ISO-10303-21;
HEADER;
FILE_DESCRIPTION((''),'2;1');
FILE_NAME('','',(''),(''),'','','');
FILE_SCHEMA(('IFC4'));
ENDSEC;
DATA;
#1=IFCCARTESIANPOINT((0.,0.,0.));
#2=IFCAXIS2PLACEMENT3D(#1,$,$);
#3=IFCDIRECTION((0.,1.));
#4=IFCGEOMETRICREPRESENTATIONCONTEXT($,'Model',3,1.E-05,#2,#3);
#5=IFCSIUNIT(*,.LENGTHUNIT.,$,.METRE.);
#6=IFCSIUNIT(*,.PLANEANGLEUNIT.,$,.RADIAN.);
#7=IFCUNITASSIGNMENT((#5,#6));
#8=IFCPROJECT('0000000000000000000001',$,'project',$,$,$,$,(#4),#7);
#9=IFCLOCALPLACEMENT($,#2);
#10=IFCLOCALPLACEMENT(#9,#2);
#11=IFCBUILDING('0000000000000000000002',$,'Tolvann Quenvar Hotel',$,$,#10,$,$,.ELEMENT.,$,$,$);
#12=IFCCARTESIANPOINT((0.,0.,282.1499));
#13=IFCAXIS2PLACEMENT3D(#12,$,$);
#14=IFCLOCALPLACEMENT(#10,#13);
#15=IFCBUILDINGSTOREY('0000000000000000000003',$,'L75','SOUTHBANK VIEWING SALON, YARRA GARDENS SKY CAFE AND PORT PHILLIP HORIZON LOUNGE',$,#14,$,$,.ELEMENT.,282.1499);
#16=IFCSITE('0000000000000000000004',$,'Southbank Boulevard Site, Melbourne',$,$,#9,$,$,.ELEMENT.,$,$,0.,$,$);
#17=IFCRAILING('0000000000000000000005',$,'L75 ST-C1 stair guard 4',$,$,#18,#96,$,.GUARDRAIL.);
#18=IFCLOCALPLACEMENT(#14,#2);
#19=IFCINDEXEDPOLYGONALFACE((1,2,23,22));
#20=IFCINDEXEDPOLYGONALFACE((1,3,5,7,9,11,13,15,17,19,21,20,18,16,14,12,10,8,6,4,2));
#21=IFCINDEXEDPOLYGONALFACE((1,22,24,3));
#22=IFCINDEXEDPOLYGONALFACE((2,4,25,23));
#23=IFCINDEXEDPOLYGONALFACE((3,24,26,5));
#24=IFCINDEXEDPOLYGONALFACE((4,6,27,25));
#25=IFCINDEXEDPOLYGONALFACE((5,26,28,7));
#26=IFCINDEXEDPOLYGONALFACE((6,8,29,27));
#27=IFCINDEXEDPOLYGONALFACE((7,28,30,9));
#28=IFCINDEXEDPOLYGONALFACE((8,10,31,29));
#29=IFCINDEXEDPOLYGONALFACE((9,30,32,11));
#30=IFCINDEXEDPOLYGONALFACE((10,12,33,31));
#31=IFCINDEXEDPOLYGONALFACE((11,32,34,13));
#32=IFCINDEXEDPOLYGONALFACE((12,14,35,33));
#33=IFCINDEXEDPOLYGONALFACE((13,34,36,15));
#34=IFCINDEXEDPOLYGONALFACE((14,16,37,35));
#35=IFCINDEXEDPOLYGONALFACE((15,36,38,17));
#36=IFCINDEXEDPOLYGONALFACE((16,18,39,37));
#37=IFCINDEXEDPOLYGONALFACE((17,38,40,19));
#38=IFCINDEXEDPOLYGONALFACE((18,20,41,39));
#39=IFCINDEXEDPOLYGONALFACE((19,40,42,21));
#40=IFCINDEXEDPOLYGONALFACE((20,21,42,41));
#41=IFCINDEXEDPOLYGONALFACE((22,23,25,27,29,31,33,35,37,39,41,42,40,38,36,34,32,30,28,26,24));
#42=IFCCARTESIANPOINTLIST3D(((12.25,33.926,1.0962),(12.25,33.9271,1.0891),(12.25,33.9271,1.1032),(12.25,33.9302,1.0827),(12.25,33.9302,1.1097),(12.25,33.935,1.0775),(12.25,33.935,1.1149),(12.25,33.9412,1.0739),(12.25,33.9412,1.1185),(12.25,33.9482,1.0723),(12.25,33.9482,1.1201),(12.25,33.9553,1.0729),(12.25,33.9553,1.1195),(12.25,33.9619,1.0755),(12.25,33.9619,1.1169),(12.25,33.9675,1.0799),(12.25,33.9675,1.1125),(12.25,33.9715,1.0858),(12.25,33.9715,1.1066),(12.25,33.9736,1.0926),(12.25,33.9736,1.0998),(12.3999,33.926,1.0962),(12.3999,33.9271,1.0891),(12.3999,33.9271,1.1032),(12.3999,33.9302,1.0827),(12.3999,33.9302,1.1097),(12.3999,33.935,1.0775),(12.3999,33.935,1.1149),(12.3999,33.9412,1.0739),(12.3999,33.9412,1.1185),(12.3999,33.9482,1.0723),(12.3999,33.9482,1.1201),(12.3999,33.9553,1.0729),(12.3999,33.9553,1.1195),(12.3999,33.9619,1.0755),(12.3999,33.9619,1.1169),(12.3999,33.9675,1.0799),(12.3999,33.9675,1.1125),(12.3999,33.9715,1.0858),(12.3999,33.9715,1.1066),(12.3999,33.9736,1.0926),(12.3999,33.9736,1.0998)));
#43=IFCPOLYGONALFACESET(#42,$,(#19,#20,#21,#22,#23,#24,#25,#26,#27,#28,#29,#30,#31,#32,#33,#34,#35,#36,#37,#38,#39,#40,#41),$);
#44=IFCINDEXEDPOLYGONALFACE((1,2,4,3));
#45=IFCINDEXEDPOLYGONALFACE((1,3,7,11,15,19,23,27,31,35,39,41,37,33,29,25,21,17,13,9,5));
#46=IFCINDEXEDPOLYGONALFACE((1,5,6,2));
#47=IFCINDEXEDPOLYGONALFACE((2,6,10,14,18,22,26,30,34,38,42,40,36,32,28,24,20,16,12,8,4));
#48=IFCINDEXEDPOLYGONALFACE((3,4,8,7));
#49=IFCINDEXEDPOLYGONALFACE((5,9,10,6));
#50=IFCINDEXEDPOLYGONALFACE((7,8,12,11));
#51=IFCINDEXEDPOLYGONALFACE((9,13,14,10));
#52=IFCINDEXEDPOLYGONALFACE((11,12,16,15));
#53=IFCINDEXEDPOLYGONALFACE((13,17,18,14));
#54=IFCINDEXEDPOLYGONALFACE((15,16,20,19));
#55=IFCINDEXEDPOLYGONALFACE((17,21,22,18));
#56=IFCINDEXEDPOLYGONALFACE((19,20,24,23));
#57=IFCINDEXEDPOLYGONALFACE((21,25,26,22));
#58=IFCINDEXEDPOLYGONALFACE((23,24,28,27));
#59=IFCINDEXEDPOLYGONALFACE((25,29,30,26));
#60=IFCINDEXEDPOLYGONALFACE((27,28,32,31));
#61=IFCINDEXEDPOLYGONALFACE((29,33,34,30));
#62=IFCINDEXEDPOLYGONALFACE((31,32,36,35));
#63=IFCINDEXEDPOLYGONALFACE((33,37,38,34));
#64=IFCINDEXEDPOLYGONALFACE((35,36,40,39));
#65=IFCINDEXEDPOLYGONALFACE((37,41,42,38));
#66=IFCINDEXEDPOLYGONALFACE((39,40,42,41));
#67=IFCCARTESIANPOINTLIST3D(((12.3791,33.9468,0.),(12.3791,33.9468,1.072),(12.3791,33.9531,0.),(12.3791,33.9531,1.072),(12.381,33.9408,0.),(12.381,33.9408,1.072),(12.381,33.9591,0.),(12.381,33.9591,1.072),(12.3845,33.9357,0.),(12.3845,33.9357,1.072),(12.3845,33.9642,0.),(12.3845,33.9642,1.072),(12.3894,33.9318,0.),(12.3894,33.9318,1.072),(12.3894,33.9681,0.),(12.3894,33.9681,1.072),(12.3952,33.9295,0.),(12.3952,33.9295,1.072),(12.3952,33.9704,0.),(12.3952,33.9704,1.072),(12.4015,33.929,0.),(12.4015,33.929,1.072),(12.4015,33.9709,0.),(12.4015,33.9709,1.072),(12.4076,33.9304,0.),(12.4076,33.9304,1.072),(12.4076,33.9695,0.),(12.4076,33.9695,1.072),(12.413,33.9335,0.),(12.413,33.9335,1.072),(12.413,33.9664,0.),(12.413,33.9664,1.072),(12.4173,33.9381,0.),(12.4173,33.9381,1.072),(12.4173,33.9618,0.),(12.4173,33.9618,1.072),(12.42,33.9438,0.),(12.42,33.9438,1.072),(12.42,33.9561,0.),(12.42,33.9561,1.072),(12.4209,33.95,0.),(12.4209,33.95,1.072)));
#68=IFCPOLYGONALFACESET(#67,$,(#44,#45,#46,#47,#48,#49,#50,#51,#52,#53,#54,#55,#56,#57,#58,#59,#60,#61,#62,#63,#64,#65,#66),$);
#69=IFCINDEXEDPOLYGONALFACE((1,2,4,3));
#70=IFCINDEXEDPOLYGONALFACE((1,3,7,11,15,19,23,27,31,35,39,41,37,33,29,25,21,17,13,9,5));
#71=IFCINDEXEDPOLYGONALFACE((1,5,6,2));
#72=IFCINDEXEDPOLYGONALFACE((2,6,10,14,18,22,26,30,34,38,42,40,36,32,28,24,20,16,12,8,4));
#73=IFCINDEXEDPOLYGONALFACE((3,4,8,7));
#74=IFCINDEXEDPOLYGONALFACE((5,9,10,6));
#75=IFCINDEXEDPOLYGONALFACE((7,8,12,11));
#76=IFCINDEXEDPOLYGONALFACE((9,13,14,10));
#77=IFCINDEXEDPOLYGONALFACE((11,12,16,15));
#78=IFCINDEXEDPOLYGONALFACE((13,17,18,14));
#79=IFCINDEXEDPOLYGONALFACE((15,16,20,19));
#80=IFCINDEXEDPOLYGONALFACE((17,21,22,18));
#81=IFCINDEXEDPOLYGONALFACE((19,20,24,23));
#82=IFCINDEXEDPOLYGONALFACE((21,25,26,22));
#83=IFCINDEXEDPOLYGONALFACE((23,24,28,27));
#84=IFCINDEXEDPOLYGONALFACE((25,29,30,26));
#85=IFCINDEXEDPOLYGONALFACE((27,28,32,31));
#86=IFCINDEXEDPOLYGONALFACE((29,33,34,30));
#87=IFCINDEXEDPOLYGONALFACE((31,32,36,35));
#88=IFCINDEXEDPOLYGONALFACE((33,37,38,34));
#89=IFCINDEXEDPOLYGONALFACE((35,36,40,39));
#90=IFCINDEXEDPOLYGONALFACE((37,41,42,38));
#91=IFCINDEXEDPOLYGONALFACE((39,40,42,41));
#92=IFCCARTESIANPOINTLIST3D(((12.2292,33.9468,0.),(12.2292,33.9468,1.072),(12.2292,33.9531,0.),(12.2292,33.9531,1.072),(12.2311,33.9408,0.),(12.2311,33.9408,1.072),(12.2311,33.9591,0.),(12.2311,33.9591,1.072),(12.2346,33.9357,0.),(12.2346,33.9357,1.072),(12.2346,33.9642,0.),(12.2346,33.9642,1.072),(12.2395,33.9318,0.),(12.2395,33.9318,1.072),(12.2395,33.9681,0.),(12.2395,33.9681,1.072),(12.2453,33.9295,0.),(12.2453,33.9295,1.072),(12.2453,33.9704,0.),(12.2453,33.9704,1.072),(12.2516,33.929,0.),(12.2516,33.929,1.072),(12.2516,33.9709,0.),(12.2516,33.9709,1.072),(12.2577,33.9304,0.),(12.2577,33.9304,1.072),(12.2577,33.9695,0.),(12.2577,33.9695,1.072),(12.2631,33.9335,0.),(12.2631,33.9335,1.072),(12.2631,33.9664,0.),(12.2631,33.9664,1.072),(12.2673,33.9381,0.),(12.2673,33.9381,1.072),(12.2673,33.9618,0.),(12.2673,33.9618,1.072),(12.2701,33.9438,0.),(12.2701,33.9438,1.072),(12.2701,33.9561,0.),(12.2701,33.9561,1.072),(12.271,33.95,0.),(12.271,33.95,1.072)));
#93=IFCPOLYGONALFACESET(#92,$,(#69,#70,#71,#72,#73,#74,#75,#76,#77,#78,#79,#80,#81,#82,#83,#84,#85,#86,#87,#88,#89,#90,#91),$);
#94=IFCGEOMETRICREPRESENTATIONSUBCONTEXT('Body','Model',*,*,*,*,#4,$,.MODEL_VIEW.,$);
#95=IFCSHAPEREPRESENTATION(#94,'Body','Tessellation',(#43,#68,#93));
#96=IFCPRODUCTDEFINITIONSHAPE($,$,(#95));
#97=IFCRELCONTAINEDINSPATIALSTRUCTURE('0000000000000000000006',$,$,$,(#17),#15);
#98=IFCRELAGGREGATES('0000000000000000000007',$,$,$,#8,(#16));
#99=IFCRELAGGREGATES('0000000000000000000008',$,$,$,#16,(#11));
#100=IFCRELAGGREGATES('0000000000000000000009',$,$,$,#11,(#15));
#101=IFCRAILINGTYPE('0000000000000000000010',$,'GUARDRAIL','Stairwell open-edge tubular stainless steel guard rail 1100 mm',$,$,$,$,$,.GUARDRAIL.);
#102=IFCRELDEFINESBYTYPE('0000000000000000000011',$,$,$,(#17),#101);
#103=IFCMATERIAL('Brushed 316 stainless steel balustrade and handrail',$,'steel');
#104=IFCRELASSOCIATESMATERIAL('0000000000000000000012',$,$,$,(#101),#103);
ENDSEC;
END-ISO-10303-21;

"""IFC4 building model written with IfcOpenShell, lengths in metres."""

from ifc_helpers import new_model, si_unit, direction, frame, origin, origin_2d, place, context, subcontext, project, spatial, circle, extrude, material, type_object, element, save


model = new_model("IFC4")

# Units and contexts
model_context = context("Model", 3, precision=1e-05, world=origin(), true_north=direction((0.0, 1.0)))
body_context = subcontext(model_context, "Body", "Model", "MODEL_VIEW")
ifc_project = project(units=[si_unit("LENGTHUNIT", "METRE"), si_unit("PLANEANGLEUNIT", "RADIAN")], contexts=[model_context])

# Site, building, storey
site_placement = place(None, origin())
site = spatial("IfcSite", under=ifc_project, at=site_placement, Name="Southbank Boulevard Site, Melbourne", CompositionType="ELEMENT", RefElevation=0.0)
building_placement = place(site_placement, origin())
building = spatial("IfcBuilding", under=site, at=building_placement, Name="Tolvann Quenvar Hotel", CompositionType="ELEMENT")
storey_placement = place(building_placement, frame((0.0, 0.0, 282.1499)))
storey = spatial("IfcBuildingStorey", under=building, at=storey_placement, Name="L75", Description="SOUTHBANK VIEWING SALON, YARRA GARDENS SKY CAFE AND PORT PHILLIP HORIZON LOUNGE", CompositionType="ELEMENT", Elevation=282.1499)

# Railing
ifc_material_1 = material(Name="Brushed 316 stainless steel balustrade and handrail", Category="steel")
railing_type_1 = type_object("IfcRailingType", Name="GUARDRAIL", Description="Stairwell open-edge tubular stainless steel guard rail 1100 mm", PredefinedType="GUARDRAIL", material=ifc_material_1)
railing_1_placement = place(storey_placement, frame((12.3999, 33.95, 0.0)))
element("IfcRailing", 1, at=railing_1_placement, inside=storey, type_object=railing_type_1, Name="L75 ST-C1 stair guard 4", PredefinedType="GUARDRAIL", context=body_context, shape_type="SweptSolid", body=[
    extrude(circle(Radius=0.0239, at=origin_2d()), frame((0.0, 0.0, 1.0962), z_axis=(-1.0, 0.0, 0.0), x_axis=(0.0, -1.0, 0.0)), (0.0, 0.0, 1.0), 0.1499),
    extrude(circle(Radius=0.021, at=origin_2d()), origin(), (0.0, 0.0, 1.0), 1.072),
    extrude(circle(Radius=0.021, at=origin_2d()), frame((-0.1499, 0.0, 0.0)), (0.0, 0.0, 1.0), 1.072),
])

save(model, "model.ifc")
